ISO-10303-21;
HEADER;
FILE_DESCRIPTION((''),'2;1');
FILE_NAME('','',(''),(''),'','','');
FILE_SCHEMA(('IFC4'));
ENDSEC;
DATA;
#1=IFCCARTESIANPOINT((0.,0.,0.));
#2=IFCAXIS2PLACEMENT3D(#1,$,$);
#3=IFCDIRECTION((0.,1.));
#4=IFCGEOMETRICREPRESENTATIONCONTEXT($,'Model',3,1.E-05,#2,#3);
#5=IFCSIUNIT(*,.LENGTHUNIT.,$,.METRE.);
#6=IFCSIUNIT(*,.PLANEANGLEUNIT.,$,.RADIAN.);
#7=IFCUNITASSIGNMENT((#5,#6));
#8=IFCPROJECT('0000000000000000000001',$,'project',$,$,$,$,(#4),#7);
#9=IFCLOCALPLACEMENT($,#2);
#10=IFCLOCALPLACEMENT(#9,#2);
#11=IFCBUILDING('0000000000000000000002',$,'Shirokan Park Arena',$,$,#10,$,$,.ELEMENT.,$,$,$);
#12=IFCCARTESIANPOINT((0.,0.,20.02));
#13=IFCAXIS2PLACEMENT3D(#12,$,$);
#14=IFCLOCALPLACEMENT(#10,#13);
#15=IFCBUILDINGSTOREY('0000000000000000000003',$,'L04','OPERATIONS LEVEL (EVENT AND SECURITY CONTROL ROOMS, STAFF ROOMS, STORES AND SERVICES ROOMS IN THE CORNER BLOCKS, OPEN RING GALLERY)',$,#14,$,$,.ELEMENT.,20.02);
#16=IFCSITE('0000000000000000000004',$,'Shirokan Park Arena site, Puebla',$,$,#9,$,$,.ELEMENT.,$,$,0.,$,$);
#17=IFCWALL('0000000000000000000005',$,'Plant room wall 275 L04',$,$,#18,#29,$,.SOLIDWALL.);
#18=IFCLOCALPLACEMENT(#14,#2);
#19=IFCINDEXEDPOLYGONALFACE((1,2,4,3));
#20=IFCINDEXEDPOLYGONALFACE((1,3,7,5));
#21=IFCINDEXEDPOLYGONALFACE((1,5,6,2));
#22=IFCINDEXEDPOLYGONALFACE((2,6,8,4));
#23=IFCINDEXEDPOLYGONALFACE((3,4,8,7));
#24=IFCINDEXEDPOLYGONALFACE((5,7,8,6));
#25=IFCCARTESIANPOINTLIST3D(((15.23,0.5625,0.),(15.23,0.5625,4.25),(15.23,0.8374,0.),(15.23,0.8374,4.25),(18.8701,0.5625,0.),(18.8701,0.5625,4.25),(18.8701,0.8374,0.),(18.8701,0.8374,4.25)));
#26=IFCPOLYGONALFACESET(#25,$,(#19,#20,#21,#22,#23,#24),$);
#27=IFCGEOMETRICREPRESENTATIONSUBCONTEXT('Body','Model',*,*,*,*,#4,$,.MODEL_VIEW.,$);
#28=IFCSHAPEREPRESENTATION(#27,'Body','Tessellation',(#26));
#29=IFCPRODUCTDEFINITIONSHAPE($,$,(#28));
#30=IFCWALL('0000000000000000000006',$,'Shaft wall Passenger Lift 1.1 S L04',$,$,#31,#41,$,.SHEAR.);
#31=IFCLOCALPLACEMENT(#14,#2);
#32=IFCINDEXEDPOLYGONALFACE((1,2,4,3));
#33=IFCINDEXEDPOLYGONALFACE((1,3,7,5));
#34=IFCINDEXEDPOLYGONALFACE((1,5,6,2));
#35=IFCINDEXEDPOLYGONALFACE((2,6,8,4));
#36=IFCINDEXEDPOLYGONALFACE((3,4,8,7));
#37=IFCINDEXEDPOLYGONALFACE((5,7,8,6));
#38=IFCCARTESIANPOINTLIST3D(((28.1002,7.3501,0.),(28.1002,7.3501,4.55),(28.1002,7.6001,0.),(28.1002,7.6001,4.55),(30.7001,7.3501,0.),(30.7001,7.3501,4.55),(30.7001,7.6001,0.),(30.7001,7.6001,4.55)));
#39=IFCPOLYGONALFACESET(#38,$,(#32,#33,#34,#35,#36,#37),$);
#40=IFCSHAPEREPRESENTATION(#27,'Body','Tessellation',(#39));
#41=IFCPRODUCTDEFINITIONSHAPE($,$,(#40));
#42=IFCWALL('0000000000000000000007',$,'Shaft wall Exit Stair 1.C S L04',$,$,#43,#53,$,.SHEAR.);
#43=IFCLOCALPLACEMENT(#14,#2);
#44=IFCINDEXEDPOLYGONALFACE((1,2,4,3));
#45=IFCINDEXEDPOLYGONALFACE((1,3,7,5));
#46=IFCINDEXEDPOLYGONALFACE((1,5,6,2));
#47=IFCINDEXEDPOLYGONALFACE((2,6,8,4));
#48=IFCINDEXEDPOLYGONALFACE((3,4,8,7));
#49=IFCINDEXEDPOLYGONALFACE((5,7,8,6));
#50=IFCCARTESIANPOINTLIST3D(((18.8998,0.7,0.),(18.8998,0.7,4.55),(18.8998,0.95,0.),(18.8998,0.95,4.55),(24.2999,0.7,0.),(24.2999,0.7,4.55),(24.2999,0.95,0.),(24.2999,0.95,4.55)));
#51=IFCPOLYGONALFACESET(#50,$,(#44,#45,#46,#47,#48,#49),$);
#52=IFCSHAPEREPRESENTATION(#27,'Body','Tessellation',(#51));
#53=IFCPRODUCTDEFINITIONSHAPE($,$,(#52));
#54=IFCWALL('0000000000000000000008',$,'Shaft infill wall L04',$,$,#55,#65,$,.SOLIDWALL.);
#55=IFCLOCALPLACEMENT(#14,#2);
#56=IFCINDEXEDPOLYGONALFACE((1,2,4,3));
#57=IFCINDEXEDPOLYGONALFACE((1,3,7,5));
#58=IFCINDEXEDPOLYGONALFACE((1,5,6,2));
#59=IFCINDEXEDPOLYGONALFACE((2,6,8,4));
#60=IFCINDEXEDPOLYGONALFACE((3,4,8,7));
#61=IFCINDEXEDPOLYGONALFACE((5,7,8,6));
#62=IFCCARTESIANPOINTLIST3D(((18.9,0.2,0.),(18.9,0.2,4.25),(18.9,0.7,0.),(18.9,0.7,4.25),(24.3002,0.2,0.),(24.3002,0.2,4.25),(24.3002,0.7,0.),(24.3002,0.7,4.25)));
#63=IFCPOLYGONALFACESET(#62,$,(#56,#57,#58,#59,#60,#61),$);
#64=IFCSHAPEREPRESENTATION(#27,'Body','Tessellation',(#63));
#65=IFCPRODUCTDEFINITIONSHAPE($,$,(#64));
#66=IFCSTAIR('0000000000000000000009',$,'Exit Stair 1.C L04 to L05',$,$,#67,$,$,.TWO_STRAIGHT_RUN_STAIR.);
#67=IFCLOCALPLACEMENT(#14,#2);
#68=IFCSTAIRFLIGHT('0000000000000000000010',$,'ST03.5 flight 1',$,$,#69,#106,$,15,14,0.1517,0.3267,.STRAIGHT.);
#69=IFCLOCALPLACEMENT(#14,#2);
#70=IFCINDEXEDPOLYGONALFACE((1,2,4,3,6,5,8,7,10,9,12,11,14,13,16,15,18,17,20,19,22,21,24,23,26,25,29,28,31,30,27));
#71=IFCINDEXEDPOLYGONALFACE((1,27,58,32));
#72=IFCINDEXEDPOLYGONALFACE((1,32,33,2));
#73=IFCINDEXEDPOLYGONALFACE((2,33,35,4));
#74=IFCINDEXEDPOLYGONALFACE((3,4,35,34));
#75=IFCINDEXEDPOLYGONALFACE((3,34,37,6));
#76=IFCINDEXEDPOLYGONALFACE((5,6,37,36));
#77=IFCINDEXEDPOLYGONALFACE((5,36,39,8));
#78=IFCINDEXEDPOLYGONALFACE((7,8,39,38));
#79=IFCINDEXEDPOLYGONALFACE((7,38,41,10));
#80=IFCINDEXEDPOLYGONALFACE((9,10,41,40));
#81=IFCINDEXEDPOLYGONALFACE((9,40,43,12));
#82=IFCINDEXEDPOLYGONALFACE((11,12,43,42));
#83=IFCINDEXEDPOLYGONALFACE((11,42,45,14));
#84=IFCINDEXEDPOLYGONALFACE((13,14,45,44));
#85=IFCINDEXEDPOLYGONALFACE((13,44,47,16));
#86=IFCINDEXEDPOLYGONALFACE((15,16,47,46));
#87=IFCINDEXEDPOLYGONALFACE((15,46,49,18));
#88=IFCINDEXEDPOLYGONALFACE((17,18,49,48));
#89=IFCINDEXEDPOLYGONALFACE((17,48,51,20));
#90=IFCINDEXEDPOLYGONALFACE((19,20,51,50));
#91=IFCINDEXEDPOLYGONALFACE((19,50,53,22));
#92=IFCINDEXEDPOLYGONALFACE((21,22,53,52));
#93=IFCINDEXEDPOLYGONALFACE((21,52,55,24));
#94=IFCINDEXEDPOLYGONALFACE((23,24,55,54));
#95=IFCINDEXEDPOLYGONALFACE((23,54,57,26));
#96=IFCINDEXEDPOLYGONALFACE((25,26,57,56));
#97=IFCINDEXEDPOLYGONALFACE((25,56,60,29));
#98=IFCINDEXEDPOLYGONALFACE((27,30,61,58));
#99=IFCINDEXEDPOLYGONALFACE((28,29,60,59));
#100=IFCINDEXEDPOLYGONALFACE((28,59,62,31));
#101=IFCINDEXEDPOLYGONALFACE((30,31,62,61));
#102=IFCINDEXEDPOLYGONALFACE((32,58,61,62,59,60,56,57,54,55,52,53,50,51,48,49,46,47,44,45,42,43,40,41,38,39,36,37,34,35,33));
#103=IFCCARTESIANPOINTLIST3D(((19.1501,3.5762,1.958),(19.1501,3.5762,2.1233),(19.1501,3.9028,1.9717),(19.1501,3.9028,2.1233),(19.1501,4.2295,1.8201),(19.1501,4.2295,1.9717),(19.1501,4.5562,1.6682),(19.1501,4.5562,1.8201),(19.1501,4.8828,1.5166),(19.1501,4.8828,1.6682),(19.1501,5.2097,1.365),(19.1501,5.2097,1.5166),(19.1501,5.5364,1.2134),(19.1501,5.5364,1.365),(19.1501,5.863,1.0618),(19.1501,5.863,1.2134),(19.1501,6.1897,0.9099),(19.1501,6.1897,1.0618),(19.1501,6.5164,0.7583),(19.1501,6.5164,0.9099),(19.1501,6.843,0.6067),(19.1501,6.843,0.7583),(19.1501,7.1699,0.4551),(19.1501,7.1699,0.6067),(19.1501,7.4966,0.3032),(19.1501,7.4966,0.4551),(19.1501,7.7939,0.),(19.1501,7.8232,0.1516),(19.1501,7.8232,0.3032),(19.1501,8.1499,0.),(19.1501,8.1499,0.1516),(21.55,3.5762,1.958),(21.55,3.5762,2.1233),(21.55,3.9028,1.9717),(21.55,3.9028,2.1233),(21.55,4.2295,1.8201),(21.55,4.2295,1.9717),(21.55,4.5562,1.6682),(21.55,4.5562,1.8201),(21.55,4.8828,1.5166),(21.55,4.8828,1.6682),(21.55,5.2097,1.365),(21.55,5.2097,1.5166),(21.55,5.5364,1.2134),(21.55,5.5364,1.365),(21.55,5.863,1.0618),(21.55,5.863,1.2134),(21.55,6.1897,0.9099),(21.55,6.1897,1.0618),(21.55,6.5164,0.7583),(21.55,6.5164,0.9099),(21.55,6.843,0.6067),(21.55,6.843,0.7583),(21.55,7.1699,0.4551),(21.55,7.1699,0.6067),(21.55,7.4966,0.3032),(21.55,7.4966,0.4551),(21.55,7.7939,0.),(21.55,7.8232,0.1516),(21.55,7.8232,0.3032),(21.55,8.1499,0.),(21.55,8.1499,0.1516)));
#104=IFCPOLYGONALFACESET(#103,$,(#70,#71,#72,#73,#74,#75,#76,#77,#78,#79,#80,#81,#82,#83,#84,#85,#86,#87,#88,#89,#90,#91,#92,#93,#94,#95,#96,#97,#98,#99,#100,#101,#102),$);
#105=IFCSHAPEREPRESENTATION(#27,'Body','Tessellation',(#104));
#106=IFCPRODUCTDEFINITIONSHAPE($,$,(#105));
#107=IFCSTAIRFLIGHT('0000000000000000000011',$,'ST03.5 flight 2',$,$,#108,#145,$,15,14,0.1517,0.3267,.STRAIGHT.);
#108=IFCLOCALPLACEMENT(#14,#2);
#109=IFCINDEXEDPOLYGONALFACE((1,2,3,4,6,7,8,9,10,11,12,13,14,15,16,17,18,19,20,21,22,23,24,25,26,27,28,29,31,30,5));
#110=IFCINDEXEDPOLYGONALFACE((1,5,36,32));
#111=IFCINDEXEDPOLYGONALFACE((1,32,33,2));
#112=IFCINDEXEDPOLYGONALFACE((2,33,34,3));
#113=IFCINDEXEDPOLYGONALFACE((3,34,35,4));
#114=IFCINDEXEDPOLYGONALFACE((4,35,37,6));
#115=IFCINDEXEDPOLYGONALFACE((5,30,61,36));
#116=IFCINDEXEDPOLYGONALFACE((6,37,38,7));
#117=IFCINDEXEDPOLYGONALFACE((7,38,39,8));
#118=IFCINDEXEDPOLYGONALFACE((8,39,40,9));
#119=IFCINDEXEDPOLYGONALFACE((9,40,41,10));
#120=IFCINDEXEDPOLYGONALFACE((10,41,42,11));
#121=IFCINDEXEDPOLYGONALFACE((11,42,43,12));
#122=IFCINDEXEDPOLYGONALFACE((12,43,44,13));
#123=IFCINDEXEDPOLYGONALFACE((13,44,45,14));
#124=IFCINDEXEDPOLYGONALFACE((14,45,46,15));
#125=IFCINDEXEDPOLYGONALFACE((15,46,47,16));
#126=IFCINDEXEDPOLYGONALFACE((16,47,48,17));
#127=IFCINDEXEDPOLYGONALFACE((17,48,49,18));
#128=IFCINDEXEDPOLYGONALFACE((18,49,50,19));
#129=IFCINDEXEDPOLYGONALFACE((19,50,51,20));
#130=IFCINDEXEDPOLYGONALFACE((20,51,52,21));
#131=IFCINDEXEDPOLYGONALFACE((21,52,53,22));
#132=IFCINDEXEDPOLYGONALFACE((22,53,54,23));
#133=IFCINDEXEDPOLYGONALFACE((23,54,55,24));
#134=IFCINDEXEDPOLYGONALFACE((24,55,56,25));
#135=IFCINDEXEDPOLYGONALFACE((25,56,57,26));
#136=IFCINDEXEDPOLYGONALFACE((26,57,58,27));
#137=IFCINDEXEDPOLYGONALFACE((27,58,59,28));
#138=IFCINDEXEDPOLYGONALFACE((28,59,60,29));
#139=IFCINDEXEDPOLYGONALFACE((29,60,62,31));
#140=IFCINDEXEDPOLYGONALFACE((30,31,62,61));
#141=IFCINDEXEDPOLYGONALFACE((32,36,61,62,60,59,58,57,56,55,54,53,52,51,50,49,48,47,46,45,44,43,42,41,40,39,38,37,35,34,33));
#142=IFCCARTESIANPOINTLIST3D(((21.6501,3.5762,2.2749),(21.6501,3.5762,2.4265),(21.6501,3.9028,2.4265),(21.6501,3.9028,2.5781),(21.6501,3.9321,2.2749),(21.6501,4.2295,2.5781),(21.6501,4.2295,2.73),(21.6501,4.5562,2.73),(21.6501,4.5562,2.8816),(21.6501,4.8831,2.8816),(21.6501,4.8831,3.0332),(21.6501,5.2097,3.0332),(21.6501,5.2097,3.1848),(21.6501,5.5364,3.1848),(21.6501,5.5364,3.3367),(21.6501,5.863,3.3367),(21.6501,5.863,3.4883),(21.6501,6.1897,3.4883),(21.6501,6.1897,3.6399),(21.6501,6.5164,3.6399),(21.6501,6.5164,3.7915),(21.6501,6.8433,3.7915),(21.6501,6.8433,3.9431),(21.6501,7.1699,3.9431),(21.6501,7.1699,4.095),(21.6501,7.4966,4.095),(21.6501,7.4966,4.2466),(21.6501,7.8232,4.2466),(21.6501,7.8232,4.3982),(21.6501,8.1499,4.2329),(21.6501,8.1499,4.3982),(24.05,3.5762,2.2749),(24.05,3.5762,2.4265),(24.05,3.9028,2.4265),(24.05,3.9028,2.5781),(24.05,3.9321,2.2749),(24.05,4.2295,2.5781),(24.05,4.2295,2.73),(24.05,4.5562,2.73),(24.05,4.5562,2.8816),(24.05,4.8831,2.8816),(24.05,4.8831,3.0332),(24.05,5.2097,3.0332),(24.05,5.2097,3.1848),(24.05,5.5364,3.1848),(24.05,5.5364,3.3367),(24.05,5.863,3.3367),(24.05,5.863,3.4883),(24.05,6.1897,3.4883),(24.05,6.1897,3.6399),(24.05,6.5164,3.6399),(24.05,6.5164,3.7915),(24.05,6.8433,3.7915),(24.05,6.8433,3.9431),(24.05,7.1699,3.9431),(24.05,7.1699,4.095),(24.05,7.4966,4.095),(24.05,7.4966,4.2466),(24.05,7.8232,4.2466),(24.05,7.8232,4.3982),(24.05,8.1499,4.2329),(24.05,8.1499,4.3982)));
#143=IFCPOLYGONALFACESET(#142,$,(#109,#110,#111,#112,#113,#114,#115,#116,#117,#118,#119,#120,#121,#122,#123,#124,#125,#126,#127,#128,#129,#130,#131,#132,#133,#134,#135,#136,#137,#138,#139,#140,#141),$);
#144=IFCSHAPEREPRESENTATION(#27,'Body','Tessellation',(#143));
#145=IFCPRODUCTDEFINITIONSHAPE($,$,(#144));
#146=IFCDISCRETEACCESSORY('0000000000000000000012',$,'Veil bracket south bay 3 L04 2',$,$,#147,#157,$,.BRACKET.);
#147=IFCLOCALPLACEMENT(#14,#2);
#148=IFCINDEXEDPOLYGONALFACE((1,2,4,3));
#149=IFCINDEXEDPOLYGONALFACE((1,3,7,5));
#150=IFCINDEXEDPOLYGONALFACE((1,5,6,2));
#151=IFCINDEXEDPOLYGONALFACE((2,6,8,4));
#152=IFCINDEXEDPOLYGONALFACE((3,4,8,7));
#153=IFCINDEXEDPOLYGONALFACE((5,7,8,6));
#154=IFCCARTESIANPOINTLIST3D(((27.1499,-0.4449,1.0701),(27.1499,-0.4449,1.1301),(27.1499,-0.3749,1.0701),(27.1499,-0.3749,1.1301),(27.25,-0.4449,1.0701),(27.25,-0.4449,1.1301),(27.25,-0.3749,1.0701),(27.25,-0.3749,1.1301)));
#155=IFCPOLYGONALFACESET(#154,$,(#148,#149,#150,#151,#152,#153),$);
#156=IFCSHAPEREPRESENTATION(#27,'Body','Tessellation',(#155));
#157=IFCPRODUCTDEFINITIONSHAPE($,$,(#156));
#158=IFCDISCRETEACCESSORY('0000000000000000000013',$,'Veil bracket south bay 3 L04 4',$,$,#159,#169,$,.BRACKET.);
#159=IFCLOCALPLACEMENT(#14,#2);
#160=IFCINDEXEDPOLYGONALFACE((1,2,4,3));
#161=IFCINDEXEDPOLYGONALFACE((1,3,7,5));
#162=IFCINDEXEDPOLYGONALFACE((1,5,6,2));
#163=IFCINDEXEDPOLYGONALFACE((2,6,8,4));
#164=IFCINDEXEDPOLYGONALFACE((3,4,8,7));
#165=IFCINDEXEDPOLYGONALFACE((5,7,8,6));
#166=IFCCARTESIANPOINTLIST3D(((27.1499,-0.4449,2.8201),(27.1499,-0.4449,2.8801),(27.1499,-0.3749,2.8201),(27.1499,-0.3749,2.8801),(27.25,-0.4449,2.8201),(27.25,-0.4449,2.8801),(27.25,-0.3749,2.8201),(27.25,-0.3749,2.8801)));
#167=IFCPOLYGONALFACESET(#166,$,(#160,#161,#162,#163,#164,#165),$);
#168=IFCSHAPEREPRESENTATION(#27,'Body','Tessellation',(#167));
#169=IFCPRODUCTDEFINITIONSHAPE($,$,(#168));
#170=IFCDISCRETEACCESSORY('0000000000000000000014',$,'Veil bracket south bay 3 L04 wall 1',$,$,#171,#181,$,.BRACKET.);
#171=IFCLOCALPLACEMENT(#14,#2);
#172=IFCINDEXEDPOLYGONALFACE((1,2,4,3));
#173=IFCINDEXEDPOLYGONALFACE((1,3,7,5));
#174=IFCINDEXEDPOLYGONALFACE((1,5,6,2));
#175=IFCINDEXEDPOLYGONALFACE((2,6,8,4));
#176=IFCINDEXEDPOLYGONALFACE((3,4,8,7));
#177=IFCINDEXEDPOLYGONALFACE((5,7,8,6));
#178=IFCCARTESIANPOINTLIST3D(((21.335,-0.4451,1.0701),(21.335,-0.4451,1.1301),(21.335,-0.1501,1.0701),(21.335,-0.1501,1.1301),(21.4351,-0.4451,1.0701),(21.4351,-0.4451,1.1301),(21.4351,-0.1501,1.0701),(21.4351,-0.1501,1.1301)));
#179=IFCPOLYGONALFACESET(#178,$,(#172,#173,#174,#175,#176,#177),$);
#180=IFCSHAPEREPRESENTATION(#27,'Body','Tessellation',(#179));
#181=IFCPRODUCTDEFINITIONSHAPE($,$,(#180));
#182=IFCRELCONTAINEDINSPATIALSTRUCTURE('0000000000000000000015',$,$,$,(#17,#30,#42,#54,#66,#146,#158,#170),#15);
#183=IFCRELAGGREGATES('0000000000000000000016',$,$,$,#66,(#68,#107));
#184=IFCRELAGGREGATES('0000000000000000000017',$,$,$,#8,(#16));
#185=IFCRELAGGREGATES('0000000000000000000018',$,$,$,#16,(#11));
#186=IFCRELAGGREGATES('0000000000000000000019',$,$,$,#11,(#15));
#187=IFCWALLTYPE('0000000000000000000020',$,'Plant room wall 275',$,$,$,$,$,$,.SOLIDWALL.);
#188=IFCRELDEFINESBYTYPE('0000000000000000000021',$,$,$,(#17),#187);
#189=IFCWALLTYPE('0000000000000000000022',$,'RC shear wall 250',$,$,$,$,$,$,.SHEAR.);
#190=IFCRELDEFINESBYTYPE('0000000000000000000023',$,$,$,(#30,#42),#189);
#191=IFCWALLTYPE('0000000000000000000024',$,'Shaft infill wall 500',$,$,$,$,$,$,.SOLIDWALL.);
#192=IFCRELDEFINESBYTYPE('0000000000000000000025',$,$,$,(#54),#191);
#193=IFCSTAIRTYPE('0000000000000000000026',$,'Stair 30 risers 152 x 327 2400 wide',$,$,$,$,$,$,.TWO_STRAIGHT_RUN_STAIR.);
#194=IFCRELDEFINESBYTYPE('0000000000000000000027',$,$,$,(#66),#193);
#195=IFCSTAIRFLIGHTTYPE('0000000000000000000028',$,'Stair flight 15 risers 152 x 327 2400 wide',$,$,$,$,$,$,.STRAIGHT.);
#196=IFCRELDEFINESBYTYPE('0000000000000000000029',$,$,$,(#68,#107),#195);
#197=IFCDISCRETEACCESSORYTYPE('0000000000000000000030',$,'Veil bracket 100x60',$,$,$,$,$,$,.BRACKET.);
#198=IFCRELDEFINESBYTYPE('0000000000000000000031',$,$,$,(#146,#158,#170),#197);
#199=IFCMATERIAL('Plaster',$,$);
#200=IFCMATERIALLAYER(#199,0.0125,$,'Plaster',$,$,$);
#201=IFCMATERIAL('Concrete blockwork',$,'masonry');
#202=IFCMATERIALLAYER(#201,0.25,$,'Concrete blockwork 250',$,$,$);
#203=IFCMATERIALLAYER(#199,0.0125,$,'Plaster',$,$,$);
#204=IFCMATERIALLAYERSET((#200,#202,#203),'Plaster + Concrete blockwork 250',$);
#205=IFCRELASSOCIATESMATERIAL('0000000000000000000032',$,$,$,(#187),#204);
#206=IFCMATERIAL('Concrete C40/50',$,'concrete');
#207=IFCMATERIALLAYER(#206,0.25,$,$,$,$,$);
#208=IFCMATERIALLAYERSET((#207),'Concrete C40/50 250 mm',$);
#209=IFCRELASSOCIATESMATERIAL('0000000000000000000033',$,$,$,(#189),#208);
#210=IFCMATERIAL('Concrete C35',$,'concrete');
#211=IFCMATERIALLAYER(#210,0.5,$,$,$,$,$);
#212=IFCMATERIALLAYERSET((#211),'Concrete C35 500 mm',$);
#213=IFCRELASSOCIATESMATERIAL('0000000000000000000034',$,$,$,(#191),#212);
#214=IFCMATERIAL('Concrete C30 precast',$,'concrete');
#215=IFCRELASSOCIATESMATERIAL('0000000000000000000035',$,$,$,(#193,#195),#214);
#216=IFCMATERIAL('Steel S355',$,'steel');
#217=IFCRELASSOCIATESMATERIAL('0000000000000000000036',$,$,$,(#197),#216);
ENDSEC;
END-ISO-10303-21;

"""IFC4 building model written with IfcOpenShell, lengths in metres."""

from ifc_helpers import new_model, si_unit, direction, frame, frame_2d, origin, origin_2d, place, context, subcontext, project, spatial, polyline, rectangle, outline, extrude, material, layer, layer_set, type_object, element, aggregate, save


model = new_model("IFC4")

# Units and contexts
model_context = context("Model", 3, precision=1e-05, world=origin(), true_north=direction((0.0, 1.0)))
body_context = subcontext(model_context, "Body", "Model", "MODEL_VIEW")
ifc_project = project(units=[si_unit("LENGTHUNIT", "METRE"), si_unit("PLANEANGLEUNIT", "RADIAN")], contexts=[model_context])

# Site, building, storey
site_placement = place(None, origin())
site = spatial("IfcSite", under=ifc_project, at=site_placement, Name="Shirokan Park Arena site, Puebla", CompositionType="ELEMENT", RefElevation=0.0)
building_placement = place(site_placement, origin())
building = spatial("IfcBuilding", under=site, at=building_placement, Name="Shirokan Park Arena", CompositionType="ELEMENT")
storey_placement = place(building_placement, frame((0.0, 0.0, 20.02)))
storey = spatial("IfcBuildingStorey", under=building, at=storey_placement, Name="L04", Description="OPERATIONS LEVEL (EVENT AND SECURITY CONTROL ROOMS, STAFF ROOMS, STORES AND SERVICES ROOMS IN THE CORNER BLOCKS, OPEN RING GALLERY)", CompositionType="ELEMENT", Elevation=20.02)

# Shared definitions
ifc_material_1 = material(Name="Concrete C35", Category="concrete")

# Shared definitions
ifc_material_2 = material(Name="Steel S355", Category="steel")

# Walls
ifc_material_3 = material(Name="Plaster")
ifc_material_4 = material(Name="Concrete blockwork", Category="masonry")
ifc_layer_1 = layer(ifc_material_3, 0.0125, Name="Plaster")
ifc_layer_2 = layer(ifc_material_4, 0.25, Name="Concrete blockwork 250")
ifc_layer_3 = layer(ifc_material_3, 0.0125, Name="Plaster")
ifc_layer_set_1 = layer_set([ifc_layer_1, ifc_layer_2, ifc_layer_3], Name="Plaster + Concrete blockwork 250")
wall_type_1 = type_object("IfcWallType", Name="Plant room wall 275", PredefinedType="SOLIDWALL", material=ifc_layer_set_1)
wall_1_placement = place(storey_placement, frame((18.8701, 0.7, 0.0), z_axis=(0.0, 0.0, 1.0), x_axis=(-1.0, 0.0, 0.0)))
element("IfcWall", 1, at=wall_1_placement, inside=storey, type_object=wall_type_1, Name="Plant room wall 275 L04", PredefinedType="SOLIDWALL", context=body_context, shape_type="SweptSolid", body=[
    extrude(rectangle(XDim=3.6401, YDim=0.2749, at=frame_2d((1.8201, 0.0))), origin(), (0.0, 0.0, 1.0), 4.25),
])
ifc_material_5 = material(Name="Concrete C40/50", Category="concrete")
ifc_layer_4 = layer(ifc_material_5, 0.25)
ifc_layer_set_2 = layer_set([ifc_layer_4], Name="Concrete C40/50 250 mm")
wall_type_2 = type_object("IfcWallType", Name="RC shear wall 250", PredefinedType="SHEAR", material=ifc_layer_set_2)
wall_2_placement = place(storey_placement, frame((30.7, 7.4751, 0.0), z_axis=(0.0, 0.0, 1.0), x_axis=(-1.0, 0.0, 0.0)))
element("IfcWall", 2, at=wall_2_placement, inside=storey, type_object=wall_type_2, Name="Shaft wall Passenger Lift 1.1 S L04", PredefinedType="SHEAR", context=body_context, shape_type="SweptSolid", body=[
    extrude(rectangle(XDim=2.5999, YDim=0.25, at=frame_2d((1.2998, 0.0))), origin(), (0.0, 0.0, 1.0), 4.55),
])
wall_3_placement = place(storey_placement, frame((24.3, 0.825, 0.0), z_axis=(0.0, 0.0, 1.0), x_axis=(-1.0, 0.0, 0.0)))
element("IfcWall", 3, at=wall_3_placement, inside=storey, type_object=wall_type_2, Name="Shaft wall Exit Stair 1.C S L04", PredefinedType="SHEAR", context=body_context, shape_type="SweptSolid", body=[
    extrude(rectangle(XDim=5.4001, YDim=0.25, at=frame_2d((2.7002, 0.0))), origin(), (0.0, 0.0, 1.0), 4.55),
])
ifc_layer_5 = layer(ifc_material_1, 0.5)
ifc_layer_set_3 = layer_set([ifc_layer_5], Name="Concrete C35 500 mm")
wall_type_3 = type_object("IfcWallType", Name="Shaft infill wall 500", PredefinedType="SOLIDWALL", material=ifc_layer_set_3)
wall_4_placement = place(storey_placement, frame((18.8999, 0.45, 0.0), z_axis=(0.0, 0.0, 1.0), x_axis=(1.0, 0.0, 0.0)))
element("IfcWall", 4, at=wall_4_placement, inside=storey, type_object=wall_type_3, Name="Shaft infill wall L04", PredefinedType="SOLIDWALL", context=body_context, shape_type="SweptSolid", body=[
    extrude(rectangle(XDim=5.4001, YDim=0.5, at=frame_2d((2.7002, 0.0))), origin(), (0.0, 0.0, 1.0), 4.25),
])

# Stair, stair flights
ifc_material_6 = material(Name="Concrete C30 precast", Category="concrete")
stair_type = type_object("IfcStairType", Name="Stair 30 risers 152 x 327 2400 wide", PredefinedType="TWO_STRAIGHT_RUN_STAIR", material=ifc_material_6)
stair_placement = place(storey_placement, origin())
stair = element("IfcStair", 5, at=stair_placement, inside=storey, type_object=stair_type, Name="Exit Stair 1.C L04 to L05", PredefinedType="TWO_STRAIGHT_RUN_STAIR")
stair_flight_type = type_object("IfcStairFlightType", Name="Stair flight 15 risers 152 x 327 2400 wide", PredefinedType="STRAIGHT", material=ifc_material_6)
stair_flight_1_placement = place(storey_placement, frame((20.3501, 8.1499, 0.0), z_axis=(0.0, 0.0, 1.0), x_axis=(0.0, -1.0, 0.0)))
stair_flight_1 = element("IfcStairFlight", 6, at=stair_flight_1_placement, type_object=stair_flight_type, Name="ST03.5 flight 1", NumberOfRisers=15, NumberOfTreads=14, PredefinedType="STRAIGHT", RiserHeight=0.1517, TreadLength=0.3267, context=body_context, shape_type="SweptSolid", body=[
    extrude(outline(polyline([(0.0, 0.0), (0.0, 0.1516), (0.3267, 0.1516), (0.3267, 0.3032), (0.6533, 0.3032), (0.6533, 0.4551), (0.98, 0.4551), (0.98, 0.6067), (1.3069, 0.6067), (1.3069, 0.7583), (1.6335, 0.7583), (1.6335, 0.9099), (1.9602, 0.9099), (1.9602, 1.0618), (2.2869, 1.0618), (2.2869, 1.2134), (2.6135, 1.2134), (2.6135, 1.365), (2.9402, 1.365), (2.9402, 1.5166), (3.2671, 1.5166), (3.2671, 1.6682), (3.5938, 1.6682), (3.5938, 1.8201), (3.9204, 1.8201), (3.9204, 1.9717), (4.2471, 1.9717), (4.2471, 2.1233), (4.5737, 2.1233), (4.5737, 2.2749), (4.5737, 1.958), (0.356, 0.0), (0.0, 0.0)])), frame((0.0, 1.2, 0.0), z_axis=(0.0, -1.0, 0.0), x_axis=(1.0, 0.0, 0.0)), (0.0, 0.0, 1.0), 2.3999),
])
stair_flight_2_placement = place(storey_placement, frame((22.8501, 3.5762, 2.2749), z_axis=(0.0, 0.0, 1.0), x_axis=(0.0, 1.0, 0.0)))
stair_flight_2 = element("IfcStairFlight", 7, at=stair_flight_2_placement, type_object=stair_flight_type, Name="ST03.5 flight 2", NumberOfRisers=15, NumberOfTreads=14, PredefinedType="STRAIGHT", RiserHeight=0.1517, TreadLength=0.3267, context=body_context, shape_type="SweptSolid", body=[
    extrude(outline(polyline([(0.0, 0.0), (0.0, 0.1516), (0.3267, 0.1516), (0.3267, 0.3032), (0.6533, 0.3032), (0.6533, 0.4551), (0.98, 0.4551), (0.98, 0.6067), (1.3069, 0.6067), (1.3069, 0.7583), (1.6335, 0.7583), (1.6335, 0.9099), (1.9602, 0.9099), (1.9602, 1.0618), (2.2869, 1.0618), (2.2869, 1.2134), (2.6135, 1.2134), (2.6135, 1.365), (2.9402, 1.365), (2.9402, 1.5166), (3.2671, 1.5166), (3.2671, 1.6682), (3.5938, 1.6682), (3.5938, 1.8201), (3.9204, 1.8201), (3.9204, 1.9717), (4.2471, 1.9717), (4.2471, 2.1233), (4.5737, 2.1233), (4.5737, 2.2749), (4.5737, 1.958), (0.356, 0.0), (0.0, 0.0)])), frame((0.0, 1.2, 0.0), z_axis=(0.0, -1.0, 0.0), x_axis=(1.0, 0.0, 0.0)), (0.0, 0.0, 1.0), 2.3999),
])
aggregate(stair, [stair_flight_1, stair_flight_2])

# Discrete accessories
discrete_accessory_type = type_object("IfcDiscreteAccessoryType", Name="Veil bracket 100x60", PredefinedType="BRACKET", material=ifc_material_2)
for number, where, z_axis, x_axis, name in (
    (8, (27.2, -0.4099, 1.0701), (0.0, 0.0, 1.0), (1.0, 0.0, 0.0), "Veil bracket south bay 3 L04 2"),
    (9, (27.2, -0.4099, 2.8201), (0.0, 0.0, 1.0), (1.0, 0.0, 0.0), "Veil bracket south bay 3 L04 4"),
):
    element("IfcDiscreteAccessory", number, at=place(storey_placement, frame(where, z_axis=z_axis, x_axis=x_axis)), inside=storey, type_object=discrete_accessory_type, Name=name, PredefinedType="BRACKET", context=body_context, shape_type="SweptSolid", body=[
        extrude(rectangle(XDim=0.1001, YDim=0.0701, at=origin_2d()), origin(), (0.0, 0.0, 1.0), 0.0601),
    ])
for number, where, z_axis, x_axis, name in (
    (10, (21.385, -0.2976, 1.0701), (0.0, 0.0, 1.0), (1.0, 0.0, 0.0), "Veil bracket south bay 3 L04 wall 1"),
):
    element("IfcDiscreteAccessory", number, at=place(storey_placement, frame(where, z_axis=z_axis, x_axis=x_axis)), inside=storey, type_object=discrete_accessory_type, Name=name, PredefinedType="BRACKET", context=body_context, shape_type="SweptSolid", body=[
        extrude(rectangle(XDim=0.1001, YDim=0.2949, at=origin_2d()), origin(), (0.0, 0.0, 1.0), 0.0601),
    ])

save(model, "model.ifc")
